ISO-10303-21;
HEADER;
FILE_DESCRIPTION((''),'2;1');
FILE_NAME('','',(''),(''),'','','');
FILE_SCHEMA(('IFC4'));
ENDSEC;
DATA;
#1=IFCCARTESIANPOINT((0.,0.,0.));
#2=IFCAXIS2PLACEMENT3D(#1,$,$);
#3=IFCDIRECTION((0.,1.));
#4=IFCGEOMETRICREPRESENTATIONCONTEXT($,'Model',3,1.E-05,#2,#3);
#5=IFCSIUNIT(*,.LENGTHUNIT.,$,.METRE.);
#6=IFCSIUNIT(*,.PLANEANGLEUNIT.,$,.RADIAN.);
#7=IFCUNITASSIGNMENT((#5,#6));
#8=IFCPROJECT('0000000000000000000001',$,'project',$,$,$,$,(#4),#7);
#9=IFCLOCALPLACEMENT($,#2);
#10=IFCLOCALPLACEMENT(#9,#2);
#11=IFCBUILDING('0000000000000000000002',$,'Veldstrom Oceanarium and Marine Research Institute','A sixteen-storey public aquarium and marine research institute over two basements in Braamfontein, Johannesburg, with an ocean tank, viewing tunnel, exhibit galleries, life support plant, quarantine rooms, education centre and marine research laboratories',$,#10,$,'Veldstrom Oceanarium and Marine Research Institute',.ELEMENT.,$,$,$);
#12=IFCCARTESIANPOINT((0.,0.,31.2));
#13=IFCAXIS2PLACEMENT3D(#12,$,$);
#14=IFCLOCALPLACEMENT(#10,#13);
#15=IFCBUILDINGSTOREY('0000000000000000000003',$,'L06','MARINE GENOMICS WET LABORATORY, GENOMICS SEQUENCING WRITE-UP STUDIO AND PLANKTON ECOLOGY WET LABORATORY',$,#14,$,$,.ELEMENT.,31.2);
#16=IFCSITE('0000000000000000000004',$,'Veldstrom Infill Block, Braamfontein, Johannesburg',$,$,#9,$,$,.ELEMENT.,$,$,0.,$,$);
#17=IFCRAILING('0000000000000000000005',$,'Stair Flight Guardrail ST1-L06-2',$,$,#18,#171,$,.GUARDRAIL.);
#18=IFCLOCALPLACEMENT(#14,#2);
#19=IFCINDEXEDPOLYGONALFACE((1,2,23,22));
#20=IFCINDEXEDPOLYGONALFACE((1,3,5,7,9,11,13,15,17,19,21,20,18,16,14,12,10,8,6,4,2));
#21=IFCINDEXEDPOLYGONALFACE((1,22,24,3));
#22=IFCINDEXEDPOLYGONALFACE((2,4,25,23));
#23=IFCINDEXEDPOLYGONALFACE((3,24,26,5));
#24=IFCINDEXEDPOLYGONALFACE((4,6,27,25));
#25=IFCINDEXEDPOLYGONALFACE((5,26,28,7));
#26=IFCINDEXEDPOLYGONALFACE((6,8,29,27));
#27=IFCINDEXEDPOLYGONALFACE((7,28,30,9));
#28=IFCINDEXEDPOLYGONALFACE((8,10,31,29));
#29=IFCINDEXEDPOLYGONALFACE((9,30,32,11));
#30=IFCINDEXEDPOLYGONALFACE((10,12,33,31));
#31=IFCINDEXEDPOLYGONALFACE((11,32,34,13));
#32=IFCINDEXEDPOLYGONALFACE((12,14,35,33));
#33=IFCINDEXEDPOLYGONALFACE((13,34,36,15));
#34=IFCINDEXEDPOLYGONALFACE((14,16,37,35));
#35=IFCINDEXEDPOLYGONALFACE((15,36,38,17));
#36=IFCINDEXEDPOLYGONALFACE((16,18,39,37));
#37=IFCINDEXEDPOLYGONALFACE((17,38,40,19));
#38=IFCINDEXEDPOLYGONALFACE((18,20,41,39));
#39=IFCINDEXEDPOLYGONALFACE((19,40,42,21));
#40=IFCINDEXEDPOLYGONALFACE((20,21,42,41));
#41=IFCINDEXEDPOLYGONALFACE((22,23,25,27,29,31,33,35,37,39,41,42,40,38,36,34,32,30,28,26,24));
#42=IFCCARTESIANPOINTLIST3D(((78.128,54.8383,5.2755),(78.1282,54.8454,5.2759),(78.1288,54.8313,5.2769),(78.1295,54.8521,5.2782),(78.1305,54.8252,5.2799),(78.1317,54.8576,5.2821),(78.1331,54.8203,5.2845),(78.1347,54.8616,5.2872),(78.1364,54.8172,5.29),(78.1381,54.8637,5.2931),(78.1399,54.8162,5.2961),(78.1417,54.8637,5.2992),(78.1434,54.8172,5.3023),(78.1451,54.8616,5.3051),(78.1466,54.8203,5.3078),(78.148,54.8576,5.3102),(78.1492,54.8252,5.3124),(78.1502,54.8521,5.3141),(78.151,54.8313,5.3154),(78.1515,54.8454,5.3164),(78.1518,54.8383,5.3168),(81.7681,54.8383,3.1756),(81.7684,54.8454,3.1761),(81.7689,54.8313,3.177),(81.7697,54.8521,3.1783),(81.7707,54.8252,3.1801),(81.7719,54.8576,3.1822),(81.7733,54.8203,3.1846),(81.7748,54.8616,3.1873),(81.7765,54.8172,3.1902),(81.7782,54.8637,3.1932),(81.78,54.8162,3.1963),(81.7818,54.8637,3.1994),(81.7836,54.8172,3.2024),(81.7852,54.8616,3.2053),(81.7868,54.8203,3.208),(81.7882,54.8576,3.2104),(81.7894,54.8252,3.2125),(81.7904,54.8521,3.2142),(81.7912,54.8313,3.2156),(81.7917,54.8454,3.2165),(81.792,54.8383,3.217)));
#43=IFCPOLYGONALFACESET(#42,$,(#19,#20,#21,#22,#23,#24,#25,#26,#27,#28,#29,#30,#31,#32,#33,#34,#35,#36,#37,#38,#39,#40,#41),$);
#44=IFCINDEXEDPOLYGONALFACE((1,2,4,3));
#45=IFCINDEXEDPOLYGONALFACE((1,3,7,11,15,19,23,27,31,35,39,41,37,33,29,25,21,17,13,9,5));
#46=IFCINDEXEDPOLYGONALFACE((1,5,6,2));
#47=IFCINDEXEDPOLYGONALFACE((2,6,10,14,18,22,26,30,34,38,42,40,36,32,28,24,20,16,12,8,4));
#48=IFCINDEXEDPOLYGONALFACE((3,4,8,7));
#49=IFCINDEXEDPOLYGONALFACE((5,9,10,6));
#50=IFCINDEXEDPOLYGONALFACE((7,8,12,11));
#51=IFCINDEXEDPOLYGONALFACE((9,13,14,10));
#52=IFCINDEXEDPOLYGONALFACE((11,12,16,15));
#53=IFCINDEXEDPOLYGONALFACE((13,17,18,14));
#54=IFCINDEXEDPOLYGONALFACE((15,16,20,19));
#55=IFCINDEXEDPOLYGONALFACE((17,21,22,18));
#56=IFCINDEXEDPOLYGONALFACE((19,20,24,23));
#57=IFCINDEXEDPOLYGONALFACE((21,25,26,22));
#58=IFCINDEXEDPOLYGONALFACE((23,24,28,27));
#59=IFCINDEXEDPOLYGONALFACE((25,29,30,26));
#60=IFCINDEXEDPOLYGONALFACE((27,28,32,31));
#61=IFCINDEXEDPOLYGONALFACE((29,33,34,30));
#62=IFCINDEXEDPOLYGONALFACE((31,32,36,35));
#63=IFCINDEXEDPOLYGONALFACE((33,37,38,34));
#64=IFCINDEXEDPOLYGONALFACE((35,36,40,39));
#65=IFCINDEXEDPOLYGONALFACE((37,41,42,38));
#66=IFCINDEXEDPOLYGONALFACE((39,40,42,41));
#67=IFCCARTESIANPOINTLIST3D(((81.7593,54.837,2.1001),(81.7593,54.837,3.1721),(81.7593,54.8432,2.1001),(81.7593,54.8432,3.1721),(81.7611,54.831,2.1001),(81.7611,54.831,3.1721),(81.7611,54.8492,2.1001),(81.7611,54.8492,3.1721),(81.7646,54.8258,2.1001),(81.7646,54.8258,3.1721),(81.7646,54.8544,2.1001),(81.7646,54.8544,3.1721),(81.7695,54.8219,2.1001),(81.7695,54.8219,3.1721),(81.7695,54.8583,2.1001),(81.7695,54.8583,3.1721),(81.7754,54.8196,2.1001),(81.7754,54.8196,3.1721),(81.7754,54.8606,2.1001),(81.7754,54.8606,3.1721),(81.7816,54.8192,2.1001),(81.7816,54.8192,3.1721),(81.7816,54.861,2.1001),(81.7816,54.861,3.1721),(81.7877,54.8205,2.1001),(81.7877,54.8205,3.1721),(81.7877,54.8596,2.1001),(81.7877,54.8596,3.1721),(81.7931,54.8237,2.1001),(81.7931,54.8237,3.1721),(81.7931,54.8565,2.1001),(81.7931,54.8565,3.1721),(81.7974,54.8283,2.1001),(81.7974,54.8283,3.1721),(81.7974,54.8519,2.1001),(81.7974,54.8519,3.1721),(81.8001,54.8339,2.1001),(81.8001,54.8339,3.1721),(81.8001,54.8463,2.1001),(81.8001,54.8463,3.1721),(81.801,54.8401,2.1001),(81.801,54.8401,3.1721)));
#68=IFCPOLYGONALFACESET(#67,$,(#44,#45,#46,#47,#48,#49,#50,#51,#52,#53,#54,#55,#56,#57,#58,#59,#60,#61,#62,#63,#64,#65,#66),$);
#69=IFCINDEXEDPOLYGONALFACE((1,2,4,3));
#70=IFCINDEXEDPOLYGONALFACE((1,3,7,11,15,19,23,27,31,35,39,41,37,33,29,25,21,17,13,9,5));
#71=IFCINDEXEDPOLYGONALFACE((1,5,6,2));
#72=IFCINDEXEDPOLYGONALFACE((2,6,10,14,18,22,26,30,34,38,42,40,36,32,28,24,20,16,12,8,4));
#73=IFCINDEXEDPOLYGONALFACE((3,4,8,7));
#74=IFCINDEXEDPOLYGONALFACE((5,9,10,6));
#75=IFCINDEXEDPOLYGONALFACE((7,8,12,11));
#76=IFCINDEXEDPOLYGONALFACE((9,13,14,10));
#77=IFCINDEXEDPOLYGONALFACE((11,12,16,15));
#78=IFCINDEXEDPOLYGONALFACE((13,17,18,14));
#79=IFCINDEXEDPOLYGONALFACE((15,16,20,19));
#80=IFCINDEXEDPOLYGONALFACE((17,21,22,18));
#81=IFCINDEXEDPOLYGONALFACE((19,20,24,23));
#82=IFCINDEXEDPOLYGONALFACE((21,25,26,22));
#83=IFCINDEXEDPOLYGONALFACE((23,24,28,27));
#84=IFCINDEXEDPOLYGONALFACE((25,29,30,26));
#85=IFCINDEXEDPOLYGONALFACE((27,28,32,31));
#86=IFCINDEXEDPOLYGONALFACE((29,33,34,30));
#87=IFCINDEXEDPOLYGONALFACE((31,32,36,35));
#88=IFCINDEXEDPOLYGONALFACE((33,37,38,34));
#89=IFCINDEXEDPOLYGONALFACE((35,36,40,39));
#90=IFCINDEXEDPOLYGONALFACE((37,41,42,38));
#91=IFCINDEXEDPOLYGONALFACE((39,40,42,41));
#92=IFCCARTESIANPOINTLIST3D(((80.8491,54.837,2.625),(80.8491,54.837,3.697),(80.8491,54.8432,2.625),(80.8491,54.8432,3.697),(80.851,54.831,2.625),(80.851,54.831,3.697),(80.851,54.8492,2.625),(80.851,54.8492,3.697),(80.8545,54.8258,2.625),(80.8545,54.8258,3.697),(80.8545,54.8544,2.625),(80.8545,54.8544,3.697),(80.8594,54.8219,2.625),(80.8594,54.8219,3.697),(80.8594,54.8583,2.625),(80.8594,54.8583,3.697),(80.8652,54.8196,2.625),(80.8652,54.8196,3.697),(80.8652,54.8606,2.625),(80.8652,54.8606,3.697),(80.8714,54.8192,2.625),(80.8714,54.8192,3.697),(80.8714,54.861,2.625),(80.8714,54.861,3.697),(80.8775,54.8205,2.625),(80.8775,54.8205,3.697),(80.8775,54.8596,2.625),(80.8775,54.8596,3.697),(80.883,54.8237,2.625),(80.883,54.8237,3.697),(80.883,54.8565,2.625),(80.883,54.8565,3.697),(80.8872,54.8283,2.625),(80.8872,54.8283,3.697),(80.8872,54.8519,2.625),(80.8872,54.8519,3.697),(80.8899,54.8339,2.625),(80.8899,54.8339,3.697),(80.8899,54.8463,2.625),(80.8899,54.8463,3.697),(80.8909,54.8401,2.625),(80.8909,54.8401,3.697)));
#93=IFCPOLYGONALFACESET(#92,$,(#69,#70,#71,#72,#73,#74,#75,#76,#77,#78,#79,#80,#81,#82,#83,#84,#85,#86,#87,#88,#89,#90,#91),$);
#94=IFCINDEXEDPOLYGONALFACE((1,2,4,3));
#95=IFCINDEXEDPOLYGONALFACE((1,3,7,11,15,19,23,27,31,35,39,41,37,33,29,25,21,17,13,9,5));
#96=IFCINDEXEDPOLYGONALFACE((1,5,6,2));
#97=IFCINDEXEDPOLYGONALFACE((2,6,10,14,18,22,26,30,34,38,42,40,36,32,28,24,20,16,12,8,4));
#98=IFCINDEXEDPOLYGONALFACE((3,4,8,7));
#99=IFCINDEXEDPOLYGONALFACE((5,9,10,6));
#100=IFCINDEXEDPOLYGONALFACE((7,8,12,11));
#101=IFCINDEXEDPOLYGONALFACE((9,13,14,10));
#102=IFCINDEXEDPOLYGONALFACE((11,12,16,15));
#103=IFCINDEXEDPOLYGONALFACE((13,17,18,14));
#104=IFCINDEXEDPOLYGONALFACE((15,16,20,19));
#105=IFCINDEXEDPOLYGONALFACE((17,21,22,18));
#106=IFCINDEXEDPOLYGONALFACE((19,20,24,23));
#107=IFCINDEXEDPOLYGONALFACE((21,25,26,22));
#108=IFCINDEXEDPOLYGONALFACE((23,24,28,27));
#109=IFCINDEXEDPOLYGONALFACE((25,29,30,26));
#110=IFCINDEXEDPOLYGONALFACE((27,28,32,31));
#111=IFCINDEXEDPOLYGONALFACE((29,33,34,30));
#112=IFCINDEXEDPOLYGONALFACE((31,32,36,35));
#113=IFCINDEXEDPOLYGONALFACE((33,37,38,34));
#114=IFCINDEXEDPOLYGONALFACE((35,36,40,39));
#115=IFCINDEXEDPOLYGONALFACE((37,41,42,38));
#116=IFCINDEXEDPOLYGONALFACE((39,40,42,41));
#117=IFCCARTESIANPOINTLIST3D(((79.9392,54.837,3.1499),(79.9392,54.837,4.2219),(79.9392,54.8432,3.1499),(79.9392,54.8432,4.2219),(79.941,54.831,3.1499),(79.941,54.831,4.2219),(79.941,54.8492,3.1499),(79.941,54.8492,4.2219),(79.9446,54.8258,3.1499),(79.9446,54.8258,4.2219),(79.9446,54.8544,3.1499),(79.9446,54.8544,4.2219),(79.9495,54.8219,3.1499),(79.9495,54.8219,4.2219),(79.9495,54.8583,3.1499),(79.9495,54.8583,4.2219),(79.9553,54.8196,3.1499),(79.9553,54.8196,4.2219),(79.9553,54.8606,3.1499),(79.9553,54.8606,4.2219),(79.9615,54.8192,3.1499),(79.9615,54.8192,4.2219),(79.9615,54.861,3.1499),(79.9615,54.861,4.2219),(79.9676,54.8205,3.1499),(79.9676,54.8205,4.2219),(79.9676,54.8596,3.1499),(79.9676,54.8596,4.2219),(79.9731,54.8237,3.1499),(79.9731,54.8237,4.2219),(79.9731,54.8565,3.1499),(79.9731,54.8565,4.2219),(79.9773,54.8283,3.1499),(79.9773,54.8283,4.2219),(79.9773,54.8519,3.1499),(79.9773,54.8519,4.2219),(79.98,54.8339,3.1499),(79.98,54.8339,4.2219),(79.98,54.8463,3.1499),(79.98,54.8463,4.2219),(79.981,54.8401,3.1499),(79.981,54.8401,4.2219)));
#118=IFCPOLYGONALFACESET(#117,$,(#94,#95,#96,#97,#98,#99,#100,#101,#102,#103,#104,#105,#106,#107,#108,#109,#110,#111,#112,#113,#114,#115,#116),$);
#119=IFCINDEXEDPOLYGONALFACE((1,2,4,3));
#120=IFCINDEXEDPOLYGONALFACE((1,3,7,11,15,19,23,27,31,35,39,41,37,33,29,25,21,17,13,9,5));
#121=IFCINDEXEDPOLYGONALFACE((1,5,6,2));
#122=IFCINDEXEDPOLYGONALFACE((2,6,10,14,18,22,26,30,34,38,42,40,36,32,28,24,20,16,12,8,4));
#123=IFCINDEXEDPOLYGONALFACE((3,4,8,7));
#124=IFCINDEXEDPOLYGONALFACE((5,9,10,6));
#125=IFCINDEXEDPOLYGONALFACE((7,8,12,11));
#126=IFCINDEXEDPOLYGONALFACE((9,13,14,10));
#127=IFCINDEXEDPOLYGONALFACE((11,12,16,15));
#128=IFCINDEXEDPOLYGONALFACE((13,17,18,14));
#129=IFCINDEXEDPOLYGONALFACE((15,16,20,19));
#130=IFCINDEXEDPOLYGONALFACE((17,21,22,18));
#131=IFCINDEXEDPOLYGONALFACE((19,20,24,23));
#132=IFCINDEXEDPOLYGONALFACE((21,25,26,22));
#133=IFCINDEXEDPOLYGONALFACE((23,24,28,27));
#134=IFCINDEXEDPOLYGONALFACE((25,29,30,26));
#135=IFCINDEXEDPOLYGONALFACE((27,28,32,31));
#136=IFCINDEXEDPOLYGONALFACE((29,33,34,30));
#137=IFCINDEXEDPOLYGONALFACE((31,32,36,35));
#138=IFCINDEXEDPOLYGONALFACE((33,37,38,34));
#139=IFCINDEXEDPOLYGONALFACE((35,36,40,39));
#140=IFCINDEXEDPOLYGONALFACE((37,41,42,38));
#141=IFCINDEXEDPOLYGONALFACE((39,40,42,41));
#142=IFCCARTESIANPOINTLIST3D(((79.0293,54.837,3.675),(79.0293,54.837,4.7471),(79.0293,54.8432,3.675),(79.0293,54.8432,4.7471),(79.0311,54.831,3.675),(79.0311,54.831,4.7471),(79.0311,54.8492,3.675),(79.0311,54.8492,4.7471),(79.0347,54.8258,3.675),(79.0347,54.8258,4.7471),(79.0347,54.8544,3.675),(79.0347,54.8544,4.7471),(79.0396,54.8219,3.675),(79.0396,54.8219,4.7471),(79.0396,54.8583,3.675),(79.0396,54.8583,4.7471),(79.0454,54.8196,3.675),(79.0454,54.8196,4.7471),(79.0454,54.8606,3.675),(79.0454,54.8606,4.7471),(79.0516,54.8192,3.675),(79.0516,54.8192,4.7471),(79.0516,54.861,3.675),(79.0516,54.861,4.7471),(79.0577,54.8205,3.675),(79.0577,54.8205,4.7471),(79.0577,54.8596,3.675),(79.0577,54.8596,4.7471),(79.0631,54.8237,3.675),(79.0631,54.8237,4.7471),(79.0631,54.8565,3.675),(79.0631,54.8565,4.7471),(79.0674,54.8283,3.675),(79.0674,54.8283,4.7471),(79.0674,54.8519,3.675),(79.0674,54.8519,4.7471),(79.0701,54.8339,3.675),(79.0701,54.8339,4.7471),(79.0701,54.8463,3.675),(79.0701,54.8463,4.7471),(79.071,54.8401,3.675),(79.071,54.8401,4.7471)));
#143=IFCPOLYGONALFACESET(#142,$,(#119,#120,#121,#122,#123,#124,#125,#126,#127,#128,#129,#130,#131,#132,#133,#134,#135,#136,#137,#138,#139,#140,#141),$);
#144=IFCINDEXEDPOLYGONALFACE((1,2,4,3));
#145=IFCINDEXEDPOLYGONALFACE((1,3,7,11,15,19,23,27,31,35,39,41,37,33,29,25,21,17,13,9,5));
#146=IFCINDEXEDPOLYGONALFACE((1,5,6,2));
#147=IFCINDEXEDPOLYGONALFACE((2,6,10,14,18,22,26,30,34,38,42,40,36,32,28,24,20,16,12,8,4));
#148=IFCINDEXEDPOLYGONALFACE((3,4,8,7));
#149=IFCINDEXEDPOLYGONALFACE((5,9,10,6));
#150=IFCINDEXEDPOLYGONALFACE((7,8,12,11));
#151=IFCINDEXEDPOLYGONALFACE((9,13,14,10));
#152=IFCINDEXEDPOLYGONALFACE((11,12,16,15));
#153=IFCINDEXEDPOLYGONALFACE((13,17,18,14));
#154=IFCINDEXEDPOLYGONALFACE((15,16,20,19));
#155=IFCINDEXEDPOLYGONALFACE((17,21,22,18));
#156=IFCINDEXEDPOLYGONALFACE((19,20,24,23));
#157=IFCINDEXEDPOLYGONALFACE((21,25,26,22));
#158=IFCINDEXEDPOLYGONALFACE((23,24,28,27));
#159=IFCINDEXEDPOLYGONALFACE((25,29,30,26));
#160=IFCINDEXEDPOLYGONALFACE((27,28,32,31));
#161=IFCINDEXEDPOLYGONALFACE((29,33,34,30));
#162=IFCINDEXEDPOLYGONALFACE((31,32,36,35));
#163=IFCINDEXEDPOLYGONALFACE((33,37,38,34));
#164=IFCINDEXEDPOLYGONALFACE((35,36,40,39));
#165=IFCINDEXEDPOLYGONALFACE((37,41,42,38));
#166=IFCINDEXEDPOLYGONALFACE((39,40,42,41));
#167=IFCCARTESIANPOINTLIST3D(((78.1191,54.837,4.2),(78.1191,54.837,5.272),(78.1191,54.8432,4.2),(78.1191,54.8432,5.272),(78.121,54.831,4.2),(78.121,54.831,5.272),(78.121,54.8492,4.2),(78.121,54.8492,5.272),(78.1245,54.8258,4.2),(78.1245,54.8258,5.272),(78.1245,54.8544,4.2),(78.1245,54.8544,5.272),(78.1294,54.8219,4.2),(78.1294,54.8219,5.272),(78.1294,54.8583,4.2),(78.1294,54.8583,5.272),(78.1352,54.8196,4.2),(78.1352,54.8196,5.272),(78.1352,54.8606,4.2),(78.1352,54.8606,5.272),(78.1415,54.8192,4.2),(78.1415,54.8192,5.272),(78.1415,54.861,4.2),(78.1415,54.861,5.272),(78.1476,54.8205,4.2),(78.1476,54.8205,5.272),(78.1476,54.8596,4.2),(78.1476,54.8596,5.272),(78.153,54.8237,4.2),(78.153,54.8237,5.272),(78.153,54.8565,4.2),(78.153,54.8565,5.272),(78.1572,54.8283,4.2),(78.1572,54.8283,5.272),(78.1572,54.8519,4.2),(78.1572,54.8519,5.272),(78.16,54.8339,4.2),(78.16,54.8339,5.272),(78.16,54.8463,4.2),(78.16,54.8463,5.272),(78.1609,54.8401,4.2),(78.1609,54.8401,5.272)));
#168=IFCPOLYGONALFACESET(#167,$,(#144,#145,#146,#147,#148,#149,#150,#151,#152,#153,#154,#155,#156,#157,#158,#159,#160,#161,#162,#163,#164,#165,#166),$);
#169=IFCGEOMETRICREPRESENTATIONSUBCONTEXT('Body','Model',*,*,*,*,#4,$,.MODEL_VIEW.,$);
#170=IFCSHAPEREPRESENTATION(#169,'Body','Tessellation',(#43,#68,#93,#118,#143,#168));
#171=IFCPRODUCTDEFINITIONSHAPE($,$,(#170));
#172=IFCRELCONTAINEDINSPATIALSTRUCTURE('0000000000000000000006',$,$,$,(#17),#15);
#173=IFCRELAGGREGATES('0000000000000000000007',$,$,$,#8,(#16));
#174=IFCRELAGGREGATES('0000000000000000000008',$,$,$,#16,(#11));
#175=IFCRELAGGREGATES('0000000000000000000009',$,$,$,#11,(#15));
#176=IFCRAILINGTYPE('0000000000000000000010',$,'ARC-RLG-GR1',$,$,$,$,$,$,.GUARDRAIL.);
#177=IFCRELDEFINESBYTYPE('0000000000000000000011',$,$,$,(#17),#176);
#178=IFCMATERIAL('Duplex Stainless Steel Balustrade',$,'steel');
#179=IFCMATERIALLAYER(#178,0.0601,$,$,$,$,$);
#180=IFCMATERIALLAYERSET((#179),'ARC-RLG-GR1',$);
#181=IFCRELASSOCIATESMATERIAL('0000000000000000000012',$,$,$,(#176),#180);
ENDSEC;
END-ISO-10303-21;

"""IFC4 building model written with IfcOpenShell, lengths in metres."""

from ifc_helpers import new_model, si_unit, direction, frame, origin, origin_2d, place, context, subcontext, project, spatial, circle, extrude, material, layer, layer_set, type_object, element, save


model = new_model("IFC4")

# Units and contexts
model_context = context("Model", 3, precision=1e-05, world=origin(), true_north=direction((0.0, 1.0)))
body_context = subcontext(model_context, "Body", "Model", "MODEL_VIEW")
ifc_project = project(units=[si_unit("LENGTHUNIT", "METRE"), si_unit("PLANEANGLEUNIT", "RADIAN")], contexts=[model_context])

# Site, building, storey
site_placement = place(None, origin())
site = spatial("IfcSite", under=ifc_project, at=site_placement, Name="Veldstrom Infill Block, Braamfontein, Johannesburg", CompositionType="ELEMENT", RefElevation=0.0)
building_placement = place(site_placement, origin())
building = spatial("IfcBuilding", under=site, at=building_placement, Name="Veldstrom Oceanarium and Marine Research Institute", Description="A sixteen-storey public aquarium and marine research institute over two basements in Braamfontein, Johannesburg, with an ocean tank, viewing tunnel, exhibit galleries, life support plant, quarantine rooms, education centre and marine research laboratories", LongName="Veldstrom Oceanarium and Marine Research Institute", CompositionType="ELEMENT")
storey_placement = place(building_placement, frame((0.0, 0.0, 31.2)))
storey = spatial("IfcBuildingStorey", under=building, at=storey_placement, Name="L06", Description="MARINE GENOMICS WET LABORATORY, GENOMICS SEQUENCING WRITE-UP STUDIO AND PLANKTON ECOLOGY WET LABORATORY", CompositionType="ELEMENT", Elevation=31.2)

# Railing
ifc_material_1 = material(Name="Duplex Stainless Steel Balustrade", Category="steel")
ifc_layer_1 = layer(ifc_material_1, 0.0601)
ifc_layer_set_1 = layer_set([ifc_layer_1], Name="ARC-RLG-GR1")
railing_type_1 = type_object("IfcRailingType", Name="ARC-RLG-GR1", PredefinedType="GUARDRAIL", material=ifc_layer_set_1)
railing_1_placement = place(storey_placement, frame((81.78, 54.8401, 2.1001)))
element("IfcRailing", 1, at=railing_1_placement, inside=storey, type_object=railing_type_1, Name="Stair Flight Guardrail ST1-L06-2", PredefinedType="GUARDRAIL", context=body_context, shape_type="SweptSolid", body=[
    extrude(circle(Radius=0.0239, at=origin_2d()), frame((0.0, 0.0, 1.0962), z_axis=(-0.866209, 0.0, 0.499682), x_axis=(0.0, -1.0, 0.0)), (0.0, 0.0, 1.0), 4.2024),
    extrude(circle(Radius=0.021, at=origin_2d()), origin(), (0.0, 0.0, 1.0), 1.072),
    extrude(circle(Radius=0.021, at=origin_2d()), frame((-0.9102, 0.0, 0.5249)), (0.0, 0.0, 1.0), 1.072),
    extrude(circle(Radius=0.021, at=origin_2d()), frame((-1.8201, 0.0, 1.0498)), (0.0, 0.0, 1.0), 1.072),
    extrude(circle(Radius=0.021, at=origin_2d()), frame((-2.73, 0.0, 1.575)), (0.0, 0.0, 1.0), 1.072),
    extrude(circle(Radius=0.021, at=origin_2d()), frame((-3.6401, 0.0, 2.0999)), (0.0, 0.0, 1.0), 1.072),
])

save(model, "model.ifc")
